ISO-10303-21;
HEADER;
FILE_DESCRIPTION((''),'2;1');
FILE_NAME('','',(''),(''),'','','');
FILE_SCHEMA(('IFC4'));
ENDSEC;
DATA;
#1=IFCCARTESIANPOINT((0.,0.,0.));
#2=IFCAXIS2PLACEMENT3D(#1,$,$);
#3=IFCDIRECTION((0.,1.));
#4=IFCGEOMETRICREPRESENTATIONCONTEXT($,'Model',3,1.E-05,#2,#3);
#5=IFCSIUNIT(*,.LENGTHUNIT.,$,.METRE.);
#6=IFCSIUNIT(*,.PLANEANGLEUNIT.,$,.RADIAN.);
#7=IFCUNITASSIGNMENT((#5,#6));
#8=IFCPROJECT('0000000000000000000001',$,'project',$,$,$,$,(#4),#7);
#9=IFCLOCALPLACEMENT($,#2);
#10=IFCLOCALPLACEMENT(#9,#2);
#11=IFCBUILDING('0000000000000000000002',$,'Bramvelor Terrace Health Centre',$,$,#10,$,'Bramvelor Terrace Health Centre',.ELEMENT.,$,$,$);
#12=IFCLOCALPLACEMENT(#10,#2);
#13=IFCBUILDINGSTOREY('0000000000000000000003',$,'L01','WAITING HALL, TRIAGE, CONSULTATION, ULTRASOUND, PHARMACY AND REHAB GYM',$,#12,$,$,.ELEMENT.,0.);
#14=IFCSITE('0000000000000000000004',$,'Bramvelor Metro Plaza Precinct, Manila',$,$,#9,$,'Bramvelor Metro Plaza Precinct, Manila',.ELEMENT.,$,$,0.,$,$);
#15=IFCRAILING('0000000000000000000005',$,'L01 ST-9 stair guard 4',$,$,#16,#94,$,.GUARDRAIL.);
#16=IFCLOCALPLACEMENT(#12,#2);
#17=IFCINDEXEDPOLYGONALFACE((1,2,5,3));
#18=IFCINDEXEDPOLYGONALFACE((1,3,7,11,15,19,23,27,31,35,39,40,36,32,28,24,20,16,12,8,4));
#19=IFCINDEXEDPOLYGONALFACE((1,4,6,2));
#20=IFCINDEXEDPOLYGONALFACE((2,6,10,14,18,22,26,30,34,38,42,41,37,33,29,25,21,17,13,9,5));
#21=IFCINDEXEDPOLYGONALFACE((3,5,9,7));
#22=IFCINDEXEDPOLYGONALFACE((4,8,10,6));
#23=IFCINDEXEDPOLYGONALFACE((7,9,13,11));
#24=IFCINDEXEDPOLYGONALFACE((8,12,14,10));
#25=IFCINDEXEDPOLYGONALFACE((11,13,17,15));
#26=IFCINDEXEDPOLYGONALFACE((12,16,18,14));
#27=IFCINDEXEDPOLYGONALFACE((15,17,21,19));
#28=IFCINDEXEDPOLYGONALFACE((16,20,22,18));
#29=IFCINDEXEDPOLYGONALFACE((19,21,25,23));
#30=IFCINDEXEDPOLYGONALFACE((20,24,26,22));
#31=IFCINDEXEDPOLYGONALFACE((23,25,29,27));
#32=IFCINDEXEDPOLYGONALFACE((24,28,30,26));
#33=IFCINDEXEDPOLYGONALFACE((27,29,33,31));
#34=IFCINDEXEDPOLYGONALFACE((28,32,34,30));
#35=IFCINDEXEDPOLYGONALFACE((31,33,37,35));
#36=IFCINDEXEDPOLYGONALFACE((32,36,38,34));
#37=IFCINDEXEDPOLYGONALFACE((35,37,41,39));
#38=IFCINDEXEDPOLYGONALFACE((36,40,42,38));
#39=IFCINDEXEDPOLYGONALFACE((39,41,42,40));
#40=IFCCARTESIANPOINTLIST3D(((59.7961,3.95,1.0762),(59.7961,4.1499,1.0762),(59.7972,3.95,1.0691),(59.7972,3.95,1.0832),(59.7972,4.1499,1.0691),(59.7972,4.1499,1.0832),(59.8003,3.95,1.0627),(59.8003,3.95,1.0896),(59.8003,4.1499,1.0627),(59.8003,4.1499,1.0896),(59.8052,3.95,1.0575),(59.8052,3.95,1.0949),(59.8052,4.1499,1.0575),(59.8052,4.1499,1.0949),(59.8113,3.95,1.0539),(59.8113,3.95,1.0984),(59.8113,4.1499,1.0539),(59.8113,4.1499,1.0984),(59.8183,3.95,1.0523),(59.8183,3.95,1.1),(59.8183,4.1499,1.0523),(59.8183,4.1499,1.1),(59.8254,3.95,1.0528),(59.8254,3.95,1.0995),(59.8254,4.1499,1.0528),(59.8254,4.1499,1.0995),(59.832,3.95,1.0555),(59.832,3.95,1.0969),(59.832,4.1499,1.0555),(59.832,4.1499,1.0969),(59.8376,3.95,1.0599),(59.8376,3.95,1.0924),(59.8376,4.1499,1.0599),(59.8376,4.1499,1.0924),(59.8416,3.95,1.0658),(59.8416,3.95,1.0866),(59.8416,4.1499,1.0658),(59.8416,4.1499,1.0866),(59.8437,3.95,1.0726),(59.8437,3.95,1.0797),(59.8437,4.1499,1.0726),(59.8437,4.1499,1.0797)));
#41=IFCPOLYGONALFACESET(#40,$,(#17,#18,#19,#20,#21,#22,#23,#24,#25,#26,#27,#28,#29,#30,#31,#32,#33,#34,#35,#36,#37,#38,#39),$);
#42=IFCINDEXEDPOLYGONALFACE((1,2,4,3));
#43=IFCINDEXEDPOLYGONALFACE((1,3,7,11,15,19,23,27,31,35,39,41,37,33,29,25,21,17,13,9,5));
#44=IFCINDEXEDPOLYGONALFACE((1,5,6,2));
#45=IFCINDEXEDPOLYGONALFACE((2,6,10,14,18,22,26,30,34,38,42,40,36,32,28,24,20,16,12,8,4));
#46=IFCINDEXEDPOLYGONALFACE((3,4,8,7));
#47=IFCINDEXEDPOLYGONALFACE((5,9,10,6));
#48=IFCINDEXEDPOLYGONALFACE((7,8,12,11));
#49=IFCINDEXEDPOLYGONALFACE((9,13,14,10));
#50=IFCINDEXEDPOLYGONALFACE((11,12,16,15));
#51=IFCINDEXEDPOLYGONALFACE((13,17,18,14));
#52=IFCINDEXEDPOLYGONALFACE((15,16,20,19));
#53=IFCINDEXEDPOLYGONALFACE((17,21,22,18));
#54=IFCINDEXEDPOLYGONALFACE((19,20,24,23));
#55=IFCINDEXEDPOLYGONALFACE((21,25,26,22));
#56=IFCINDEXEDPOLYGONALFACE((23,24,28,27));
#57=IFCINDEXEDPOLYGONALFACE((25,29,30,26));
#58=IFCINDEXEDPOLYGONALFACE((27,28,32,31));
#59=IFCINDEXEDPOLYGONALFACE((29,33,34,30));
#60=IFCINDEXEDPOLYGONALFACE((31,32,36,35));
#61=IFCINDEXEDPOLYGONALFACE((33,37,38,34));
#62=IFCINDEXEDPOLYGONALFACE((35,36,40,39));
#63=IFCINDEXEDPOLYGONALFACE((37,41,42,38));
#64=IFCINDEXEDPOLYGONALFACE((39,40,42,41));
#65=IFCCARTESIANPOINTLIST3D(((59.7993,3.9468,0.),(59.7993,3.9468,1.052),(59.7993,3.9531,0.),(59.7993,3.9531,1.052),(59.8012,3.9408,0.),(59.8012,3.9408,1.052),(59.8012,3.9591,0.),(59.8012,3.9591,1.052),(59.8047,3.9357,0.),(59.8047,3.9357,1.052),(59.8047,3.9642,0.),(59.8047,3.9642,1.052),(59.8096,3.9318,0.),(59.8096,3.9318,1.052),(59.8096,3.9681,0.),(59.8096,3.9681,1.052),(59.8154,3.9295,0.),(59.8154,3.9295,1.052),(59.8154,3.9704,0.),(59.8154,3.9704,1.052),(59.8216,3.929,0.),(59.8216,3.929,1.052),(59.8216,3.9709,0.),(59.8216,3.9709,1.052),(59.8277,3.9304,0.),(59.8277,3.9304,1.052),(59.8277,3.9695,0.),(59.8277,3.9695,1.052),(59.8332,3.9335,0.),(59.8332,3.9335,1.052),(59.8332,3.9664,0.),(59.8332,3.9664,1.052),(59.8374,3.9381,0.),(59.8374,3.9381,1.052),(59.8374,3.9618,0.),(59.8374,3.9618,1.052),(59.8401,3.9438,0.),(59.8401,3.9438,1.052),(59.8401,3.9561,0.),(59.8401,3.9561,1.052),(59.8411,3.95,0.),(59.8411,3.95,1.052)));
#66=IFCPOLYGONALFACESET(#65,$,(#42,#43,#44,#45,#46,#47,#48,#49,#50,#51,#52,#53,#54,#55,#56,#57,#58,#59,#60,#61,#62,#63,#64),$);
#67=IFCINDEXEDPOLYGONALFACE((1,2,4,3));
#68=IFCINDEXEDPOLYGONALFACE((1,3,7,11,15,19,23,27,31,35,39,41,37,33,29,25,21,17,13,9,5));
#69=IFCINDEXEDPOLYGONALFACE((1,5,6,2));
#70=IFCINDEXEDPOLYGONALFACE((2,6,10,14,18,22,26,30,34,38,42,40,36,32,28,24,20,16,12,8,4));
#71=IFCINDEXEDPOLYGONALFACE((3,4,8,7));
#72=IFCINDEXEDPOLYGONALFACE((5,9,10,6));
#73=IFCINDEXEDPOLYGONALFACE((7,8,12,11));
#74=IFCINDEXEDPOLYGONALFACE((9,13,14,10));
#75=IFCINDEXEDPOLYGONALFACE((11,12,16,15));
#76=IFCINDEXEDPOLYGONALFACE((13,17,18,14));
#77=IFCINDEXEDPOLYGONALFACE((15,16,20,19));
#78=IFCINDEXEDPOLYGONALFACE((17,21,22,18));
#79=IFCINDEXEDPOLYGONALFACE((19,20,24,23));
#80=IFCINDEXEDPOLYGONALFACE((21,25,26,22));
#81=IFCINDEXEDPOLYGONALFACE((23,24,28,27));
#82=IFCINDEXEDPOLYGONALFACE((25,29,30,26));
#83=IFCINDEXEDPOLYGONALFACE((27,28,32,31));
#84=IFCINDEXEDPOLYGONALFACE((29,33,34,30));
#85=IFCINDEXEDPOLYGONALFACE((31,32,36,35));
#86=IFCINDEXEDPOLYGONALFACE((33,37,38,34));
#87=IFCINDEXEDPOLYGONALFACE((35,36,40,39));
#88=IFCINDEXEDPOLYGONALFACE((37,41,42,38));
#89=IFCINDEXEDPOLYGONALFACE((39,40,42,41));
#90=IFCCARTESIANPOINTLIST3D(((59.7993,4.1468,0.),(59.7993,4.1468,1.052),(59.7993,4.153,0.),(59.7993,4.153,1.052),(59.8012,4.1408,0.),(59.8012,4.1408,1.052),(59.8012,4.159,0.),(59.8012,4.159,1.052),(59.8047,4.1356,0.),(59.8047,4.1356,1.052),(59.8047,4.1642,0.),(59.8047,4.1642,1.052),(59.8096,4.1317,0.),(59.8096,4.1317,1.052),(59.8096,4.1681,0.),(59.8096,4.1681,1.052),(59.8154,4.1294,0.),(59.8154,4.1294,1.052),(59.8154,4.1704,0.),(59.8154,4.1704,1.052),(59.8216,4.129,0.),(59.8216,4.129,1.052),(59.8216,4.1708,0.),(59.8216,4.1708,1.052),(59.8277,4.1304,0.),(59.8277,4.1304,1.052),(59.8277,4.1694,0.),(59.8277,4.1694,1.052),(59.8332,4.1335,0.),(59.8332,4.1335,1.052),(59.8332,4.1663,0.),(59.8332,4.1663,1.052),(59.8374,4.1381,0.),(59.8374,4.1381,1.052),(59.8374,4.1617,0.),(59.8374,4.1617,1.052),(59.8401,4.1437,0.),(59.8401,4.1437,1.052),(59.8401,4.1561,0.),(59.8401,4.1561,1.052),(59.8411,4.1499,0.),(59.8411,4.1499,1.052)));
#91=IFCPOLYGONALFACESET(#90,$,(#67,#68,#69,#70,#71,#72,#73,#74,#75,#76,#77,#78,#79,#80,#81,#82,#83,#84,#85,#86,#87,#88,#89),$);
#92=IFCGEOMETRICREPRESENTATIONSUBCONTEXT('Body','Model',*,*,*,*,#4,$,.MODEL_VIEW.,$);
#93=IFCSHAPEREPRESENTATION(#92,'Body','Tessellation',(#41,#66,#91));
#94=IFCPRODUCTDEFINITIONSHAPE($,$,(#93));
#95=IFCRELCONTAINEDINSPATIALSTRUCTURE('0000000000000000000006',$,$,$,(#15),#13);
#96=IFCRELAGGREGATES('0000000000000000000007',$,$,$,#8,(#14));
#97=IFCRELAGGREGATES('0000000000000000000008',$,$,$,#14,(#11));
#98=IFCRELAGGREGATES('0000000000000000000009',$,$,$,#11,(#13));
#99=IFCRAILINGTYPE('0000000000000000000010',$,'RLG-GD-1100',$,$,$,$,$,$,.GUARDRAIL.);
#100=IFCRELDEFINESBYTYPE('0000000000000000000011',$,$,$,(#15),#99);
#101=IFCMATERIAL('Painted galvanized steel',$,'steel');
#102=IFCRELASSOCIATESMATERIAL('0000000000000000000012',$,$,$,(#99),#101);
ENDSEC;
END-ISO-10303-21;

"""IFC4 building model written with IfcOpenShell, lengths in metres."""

from ifc_helpers import new_model, si_unit, direction, frame, origin, origin_2d, place, context, subcontext, project, spatial, circle, extrude, material, type_object, element, save


model = new_model("IFC4")

# Units and contexts
model_context = context("Model", 3, precision=1e-05, world=origin(), true_north=direction((0.0, 1.0)))
body_context = subcontext(model_context, "Body", "Model", "MODEL_VIEW")
ifc_project = project(units=[si_unit("LENGTHUNIT", "METRE"), si_unit("PLANEANGLEUNIT", "RADIAN")], contexts=[model_context])

# Site, building, storey
site_placement = place(None, origin())
site = spatial("IfcSite", under=ifc_project, at=site_placement, Name="Bramvelor Metro Plaza Precinct, Manila", LongName="Bramvelor Metro Plaza Precinct, Manila", CompositionType="ELEMENT", RefElevation=0.0)
building_placement = place(site_placement, origin())
building = spatial("IfcBuilding", under=site, at=building_placement, Name="Bramvelor Terrace Health Centre", LongName="Bramvelor Terrace Health Centre", CompositionType="ELEMENT")
storey_placement = place(building_placement, origin())
storey = spatial("IfcBuildingStorey", under=building, at=storey_placement, Name="L01", Description="WAITING HALL, TRIAGE, CONSULTATION, ULTRASOUND, PHARMACY AND REHAB GYM", CompositionType="ELEMENT", Elevation=0.0)

# Railing
ifc_material_1 = material(Name="Painted galvanized steel", Category="steel")
railing_type_1 = type_object("IfcRailingType", Name="RLG-GD-1100", PredefinedType="GUARDRAIL", material=ifc_material_1)
railing_1_placement = place(storey_placement, frame((59.8201, 3.95, 0.0)))
element("IfcRailing", 1, at=railing_1_placement, inside=storey, type_object=railing_type_1, Name="L01 ST-9 stair guard 4", PredefinedType="GUARDRAIL", context=body_context, shape_type="SweptSolid", body=[
    extrude(circle(Radius=0.0239, at=origin_2d()), frame((0.0, 0.0, 1.0762), z_axis=(0.0, 1.0, 0.0), x_axis=(-1.0, 0.0, 0.0)), (0.0, 0.0, 1.0), 0.2),
    extrude(circle(Radius=0.021, at=origin_2d()), origin(), (0.0, 0.0, 1.0), 1.052),
    extrude(circle(Radius=0.021, at=origin_2d()), frame((0.0, 0.2, 0.0)), (0.0, 0.0, 1.0), 1.052),
])

save(model, "model.ifc")
